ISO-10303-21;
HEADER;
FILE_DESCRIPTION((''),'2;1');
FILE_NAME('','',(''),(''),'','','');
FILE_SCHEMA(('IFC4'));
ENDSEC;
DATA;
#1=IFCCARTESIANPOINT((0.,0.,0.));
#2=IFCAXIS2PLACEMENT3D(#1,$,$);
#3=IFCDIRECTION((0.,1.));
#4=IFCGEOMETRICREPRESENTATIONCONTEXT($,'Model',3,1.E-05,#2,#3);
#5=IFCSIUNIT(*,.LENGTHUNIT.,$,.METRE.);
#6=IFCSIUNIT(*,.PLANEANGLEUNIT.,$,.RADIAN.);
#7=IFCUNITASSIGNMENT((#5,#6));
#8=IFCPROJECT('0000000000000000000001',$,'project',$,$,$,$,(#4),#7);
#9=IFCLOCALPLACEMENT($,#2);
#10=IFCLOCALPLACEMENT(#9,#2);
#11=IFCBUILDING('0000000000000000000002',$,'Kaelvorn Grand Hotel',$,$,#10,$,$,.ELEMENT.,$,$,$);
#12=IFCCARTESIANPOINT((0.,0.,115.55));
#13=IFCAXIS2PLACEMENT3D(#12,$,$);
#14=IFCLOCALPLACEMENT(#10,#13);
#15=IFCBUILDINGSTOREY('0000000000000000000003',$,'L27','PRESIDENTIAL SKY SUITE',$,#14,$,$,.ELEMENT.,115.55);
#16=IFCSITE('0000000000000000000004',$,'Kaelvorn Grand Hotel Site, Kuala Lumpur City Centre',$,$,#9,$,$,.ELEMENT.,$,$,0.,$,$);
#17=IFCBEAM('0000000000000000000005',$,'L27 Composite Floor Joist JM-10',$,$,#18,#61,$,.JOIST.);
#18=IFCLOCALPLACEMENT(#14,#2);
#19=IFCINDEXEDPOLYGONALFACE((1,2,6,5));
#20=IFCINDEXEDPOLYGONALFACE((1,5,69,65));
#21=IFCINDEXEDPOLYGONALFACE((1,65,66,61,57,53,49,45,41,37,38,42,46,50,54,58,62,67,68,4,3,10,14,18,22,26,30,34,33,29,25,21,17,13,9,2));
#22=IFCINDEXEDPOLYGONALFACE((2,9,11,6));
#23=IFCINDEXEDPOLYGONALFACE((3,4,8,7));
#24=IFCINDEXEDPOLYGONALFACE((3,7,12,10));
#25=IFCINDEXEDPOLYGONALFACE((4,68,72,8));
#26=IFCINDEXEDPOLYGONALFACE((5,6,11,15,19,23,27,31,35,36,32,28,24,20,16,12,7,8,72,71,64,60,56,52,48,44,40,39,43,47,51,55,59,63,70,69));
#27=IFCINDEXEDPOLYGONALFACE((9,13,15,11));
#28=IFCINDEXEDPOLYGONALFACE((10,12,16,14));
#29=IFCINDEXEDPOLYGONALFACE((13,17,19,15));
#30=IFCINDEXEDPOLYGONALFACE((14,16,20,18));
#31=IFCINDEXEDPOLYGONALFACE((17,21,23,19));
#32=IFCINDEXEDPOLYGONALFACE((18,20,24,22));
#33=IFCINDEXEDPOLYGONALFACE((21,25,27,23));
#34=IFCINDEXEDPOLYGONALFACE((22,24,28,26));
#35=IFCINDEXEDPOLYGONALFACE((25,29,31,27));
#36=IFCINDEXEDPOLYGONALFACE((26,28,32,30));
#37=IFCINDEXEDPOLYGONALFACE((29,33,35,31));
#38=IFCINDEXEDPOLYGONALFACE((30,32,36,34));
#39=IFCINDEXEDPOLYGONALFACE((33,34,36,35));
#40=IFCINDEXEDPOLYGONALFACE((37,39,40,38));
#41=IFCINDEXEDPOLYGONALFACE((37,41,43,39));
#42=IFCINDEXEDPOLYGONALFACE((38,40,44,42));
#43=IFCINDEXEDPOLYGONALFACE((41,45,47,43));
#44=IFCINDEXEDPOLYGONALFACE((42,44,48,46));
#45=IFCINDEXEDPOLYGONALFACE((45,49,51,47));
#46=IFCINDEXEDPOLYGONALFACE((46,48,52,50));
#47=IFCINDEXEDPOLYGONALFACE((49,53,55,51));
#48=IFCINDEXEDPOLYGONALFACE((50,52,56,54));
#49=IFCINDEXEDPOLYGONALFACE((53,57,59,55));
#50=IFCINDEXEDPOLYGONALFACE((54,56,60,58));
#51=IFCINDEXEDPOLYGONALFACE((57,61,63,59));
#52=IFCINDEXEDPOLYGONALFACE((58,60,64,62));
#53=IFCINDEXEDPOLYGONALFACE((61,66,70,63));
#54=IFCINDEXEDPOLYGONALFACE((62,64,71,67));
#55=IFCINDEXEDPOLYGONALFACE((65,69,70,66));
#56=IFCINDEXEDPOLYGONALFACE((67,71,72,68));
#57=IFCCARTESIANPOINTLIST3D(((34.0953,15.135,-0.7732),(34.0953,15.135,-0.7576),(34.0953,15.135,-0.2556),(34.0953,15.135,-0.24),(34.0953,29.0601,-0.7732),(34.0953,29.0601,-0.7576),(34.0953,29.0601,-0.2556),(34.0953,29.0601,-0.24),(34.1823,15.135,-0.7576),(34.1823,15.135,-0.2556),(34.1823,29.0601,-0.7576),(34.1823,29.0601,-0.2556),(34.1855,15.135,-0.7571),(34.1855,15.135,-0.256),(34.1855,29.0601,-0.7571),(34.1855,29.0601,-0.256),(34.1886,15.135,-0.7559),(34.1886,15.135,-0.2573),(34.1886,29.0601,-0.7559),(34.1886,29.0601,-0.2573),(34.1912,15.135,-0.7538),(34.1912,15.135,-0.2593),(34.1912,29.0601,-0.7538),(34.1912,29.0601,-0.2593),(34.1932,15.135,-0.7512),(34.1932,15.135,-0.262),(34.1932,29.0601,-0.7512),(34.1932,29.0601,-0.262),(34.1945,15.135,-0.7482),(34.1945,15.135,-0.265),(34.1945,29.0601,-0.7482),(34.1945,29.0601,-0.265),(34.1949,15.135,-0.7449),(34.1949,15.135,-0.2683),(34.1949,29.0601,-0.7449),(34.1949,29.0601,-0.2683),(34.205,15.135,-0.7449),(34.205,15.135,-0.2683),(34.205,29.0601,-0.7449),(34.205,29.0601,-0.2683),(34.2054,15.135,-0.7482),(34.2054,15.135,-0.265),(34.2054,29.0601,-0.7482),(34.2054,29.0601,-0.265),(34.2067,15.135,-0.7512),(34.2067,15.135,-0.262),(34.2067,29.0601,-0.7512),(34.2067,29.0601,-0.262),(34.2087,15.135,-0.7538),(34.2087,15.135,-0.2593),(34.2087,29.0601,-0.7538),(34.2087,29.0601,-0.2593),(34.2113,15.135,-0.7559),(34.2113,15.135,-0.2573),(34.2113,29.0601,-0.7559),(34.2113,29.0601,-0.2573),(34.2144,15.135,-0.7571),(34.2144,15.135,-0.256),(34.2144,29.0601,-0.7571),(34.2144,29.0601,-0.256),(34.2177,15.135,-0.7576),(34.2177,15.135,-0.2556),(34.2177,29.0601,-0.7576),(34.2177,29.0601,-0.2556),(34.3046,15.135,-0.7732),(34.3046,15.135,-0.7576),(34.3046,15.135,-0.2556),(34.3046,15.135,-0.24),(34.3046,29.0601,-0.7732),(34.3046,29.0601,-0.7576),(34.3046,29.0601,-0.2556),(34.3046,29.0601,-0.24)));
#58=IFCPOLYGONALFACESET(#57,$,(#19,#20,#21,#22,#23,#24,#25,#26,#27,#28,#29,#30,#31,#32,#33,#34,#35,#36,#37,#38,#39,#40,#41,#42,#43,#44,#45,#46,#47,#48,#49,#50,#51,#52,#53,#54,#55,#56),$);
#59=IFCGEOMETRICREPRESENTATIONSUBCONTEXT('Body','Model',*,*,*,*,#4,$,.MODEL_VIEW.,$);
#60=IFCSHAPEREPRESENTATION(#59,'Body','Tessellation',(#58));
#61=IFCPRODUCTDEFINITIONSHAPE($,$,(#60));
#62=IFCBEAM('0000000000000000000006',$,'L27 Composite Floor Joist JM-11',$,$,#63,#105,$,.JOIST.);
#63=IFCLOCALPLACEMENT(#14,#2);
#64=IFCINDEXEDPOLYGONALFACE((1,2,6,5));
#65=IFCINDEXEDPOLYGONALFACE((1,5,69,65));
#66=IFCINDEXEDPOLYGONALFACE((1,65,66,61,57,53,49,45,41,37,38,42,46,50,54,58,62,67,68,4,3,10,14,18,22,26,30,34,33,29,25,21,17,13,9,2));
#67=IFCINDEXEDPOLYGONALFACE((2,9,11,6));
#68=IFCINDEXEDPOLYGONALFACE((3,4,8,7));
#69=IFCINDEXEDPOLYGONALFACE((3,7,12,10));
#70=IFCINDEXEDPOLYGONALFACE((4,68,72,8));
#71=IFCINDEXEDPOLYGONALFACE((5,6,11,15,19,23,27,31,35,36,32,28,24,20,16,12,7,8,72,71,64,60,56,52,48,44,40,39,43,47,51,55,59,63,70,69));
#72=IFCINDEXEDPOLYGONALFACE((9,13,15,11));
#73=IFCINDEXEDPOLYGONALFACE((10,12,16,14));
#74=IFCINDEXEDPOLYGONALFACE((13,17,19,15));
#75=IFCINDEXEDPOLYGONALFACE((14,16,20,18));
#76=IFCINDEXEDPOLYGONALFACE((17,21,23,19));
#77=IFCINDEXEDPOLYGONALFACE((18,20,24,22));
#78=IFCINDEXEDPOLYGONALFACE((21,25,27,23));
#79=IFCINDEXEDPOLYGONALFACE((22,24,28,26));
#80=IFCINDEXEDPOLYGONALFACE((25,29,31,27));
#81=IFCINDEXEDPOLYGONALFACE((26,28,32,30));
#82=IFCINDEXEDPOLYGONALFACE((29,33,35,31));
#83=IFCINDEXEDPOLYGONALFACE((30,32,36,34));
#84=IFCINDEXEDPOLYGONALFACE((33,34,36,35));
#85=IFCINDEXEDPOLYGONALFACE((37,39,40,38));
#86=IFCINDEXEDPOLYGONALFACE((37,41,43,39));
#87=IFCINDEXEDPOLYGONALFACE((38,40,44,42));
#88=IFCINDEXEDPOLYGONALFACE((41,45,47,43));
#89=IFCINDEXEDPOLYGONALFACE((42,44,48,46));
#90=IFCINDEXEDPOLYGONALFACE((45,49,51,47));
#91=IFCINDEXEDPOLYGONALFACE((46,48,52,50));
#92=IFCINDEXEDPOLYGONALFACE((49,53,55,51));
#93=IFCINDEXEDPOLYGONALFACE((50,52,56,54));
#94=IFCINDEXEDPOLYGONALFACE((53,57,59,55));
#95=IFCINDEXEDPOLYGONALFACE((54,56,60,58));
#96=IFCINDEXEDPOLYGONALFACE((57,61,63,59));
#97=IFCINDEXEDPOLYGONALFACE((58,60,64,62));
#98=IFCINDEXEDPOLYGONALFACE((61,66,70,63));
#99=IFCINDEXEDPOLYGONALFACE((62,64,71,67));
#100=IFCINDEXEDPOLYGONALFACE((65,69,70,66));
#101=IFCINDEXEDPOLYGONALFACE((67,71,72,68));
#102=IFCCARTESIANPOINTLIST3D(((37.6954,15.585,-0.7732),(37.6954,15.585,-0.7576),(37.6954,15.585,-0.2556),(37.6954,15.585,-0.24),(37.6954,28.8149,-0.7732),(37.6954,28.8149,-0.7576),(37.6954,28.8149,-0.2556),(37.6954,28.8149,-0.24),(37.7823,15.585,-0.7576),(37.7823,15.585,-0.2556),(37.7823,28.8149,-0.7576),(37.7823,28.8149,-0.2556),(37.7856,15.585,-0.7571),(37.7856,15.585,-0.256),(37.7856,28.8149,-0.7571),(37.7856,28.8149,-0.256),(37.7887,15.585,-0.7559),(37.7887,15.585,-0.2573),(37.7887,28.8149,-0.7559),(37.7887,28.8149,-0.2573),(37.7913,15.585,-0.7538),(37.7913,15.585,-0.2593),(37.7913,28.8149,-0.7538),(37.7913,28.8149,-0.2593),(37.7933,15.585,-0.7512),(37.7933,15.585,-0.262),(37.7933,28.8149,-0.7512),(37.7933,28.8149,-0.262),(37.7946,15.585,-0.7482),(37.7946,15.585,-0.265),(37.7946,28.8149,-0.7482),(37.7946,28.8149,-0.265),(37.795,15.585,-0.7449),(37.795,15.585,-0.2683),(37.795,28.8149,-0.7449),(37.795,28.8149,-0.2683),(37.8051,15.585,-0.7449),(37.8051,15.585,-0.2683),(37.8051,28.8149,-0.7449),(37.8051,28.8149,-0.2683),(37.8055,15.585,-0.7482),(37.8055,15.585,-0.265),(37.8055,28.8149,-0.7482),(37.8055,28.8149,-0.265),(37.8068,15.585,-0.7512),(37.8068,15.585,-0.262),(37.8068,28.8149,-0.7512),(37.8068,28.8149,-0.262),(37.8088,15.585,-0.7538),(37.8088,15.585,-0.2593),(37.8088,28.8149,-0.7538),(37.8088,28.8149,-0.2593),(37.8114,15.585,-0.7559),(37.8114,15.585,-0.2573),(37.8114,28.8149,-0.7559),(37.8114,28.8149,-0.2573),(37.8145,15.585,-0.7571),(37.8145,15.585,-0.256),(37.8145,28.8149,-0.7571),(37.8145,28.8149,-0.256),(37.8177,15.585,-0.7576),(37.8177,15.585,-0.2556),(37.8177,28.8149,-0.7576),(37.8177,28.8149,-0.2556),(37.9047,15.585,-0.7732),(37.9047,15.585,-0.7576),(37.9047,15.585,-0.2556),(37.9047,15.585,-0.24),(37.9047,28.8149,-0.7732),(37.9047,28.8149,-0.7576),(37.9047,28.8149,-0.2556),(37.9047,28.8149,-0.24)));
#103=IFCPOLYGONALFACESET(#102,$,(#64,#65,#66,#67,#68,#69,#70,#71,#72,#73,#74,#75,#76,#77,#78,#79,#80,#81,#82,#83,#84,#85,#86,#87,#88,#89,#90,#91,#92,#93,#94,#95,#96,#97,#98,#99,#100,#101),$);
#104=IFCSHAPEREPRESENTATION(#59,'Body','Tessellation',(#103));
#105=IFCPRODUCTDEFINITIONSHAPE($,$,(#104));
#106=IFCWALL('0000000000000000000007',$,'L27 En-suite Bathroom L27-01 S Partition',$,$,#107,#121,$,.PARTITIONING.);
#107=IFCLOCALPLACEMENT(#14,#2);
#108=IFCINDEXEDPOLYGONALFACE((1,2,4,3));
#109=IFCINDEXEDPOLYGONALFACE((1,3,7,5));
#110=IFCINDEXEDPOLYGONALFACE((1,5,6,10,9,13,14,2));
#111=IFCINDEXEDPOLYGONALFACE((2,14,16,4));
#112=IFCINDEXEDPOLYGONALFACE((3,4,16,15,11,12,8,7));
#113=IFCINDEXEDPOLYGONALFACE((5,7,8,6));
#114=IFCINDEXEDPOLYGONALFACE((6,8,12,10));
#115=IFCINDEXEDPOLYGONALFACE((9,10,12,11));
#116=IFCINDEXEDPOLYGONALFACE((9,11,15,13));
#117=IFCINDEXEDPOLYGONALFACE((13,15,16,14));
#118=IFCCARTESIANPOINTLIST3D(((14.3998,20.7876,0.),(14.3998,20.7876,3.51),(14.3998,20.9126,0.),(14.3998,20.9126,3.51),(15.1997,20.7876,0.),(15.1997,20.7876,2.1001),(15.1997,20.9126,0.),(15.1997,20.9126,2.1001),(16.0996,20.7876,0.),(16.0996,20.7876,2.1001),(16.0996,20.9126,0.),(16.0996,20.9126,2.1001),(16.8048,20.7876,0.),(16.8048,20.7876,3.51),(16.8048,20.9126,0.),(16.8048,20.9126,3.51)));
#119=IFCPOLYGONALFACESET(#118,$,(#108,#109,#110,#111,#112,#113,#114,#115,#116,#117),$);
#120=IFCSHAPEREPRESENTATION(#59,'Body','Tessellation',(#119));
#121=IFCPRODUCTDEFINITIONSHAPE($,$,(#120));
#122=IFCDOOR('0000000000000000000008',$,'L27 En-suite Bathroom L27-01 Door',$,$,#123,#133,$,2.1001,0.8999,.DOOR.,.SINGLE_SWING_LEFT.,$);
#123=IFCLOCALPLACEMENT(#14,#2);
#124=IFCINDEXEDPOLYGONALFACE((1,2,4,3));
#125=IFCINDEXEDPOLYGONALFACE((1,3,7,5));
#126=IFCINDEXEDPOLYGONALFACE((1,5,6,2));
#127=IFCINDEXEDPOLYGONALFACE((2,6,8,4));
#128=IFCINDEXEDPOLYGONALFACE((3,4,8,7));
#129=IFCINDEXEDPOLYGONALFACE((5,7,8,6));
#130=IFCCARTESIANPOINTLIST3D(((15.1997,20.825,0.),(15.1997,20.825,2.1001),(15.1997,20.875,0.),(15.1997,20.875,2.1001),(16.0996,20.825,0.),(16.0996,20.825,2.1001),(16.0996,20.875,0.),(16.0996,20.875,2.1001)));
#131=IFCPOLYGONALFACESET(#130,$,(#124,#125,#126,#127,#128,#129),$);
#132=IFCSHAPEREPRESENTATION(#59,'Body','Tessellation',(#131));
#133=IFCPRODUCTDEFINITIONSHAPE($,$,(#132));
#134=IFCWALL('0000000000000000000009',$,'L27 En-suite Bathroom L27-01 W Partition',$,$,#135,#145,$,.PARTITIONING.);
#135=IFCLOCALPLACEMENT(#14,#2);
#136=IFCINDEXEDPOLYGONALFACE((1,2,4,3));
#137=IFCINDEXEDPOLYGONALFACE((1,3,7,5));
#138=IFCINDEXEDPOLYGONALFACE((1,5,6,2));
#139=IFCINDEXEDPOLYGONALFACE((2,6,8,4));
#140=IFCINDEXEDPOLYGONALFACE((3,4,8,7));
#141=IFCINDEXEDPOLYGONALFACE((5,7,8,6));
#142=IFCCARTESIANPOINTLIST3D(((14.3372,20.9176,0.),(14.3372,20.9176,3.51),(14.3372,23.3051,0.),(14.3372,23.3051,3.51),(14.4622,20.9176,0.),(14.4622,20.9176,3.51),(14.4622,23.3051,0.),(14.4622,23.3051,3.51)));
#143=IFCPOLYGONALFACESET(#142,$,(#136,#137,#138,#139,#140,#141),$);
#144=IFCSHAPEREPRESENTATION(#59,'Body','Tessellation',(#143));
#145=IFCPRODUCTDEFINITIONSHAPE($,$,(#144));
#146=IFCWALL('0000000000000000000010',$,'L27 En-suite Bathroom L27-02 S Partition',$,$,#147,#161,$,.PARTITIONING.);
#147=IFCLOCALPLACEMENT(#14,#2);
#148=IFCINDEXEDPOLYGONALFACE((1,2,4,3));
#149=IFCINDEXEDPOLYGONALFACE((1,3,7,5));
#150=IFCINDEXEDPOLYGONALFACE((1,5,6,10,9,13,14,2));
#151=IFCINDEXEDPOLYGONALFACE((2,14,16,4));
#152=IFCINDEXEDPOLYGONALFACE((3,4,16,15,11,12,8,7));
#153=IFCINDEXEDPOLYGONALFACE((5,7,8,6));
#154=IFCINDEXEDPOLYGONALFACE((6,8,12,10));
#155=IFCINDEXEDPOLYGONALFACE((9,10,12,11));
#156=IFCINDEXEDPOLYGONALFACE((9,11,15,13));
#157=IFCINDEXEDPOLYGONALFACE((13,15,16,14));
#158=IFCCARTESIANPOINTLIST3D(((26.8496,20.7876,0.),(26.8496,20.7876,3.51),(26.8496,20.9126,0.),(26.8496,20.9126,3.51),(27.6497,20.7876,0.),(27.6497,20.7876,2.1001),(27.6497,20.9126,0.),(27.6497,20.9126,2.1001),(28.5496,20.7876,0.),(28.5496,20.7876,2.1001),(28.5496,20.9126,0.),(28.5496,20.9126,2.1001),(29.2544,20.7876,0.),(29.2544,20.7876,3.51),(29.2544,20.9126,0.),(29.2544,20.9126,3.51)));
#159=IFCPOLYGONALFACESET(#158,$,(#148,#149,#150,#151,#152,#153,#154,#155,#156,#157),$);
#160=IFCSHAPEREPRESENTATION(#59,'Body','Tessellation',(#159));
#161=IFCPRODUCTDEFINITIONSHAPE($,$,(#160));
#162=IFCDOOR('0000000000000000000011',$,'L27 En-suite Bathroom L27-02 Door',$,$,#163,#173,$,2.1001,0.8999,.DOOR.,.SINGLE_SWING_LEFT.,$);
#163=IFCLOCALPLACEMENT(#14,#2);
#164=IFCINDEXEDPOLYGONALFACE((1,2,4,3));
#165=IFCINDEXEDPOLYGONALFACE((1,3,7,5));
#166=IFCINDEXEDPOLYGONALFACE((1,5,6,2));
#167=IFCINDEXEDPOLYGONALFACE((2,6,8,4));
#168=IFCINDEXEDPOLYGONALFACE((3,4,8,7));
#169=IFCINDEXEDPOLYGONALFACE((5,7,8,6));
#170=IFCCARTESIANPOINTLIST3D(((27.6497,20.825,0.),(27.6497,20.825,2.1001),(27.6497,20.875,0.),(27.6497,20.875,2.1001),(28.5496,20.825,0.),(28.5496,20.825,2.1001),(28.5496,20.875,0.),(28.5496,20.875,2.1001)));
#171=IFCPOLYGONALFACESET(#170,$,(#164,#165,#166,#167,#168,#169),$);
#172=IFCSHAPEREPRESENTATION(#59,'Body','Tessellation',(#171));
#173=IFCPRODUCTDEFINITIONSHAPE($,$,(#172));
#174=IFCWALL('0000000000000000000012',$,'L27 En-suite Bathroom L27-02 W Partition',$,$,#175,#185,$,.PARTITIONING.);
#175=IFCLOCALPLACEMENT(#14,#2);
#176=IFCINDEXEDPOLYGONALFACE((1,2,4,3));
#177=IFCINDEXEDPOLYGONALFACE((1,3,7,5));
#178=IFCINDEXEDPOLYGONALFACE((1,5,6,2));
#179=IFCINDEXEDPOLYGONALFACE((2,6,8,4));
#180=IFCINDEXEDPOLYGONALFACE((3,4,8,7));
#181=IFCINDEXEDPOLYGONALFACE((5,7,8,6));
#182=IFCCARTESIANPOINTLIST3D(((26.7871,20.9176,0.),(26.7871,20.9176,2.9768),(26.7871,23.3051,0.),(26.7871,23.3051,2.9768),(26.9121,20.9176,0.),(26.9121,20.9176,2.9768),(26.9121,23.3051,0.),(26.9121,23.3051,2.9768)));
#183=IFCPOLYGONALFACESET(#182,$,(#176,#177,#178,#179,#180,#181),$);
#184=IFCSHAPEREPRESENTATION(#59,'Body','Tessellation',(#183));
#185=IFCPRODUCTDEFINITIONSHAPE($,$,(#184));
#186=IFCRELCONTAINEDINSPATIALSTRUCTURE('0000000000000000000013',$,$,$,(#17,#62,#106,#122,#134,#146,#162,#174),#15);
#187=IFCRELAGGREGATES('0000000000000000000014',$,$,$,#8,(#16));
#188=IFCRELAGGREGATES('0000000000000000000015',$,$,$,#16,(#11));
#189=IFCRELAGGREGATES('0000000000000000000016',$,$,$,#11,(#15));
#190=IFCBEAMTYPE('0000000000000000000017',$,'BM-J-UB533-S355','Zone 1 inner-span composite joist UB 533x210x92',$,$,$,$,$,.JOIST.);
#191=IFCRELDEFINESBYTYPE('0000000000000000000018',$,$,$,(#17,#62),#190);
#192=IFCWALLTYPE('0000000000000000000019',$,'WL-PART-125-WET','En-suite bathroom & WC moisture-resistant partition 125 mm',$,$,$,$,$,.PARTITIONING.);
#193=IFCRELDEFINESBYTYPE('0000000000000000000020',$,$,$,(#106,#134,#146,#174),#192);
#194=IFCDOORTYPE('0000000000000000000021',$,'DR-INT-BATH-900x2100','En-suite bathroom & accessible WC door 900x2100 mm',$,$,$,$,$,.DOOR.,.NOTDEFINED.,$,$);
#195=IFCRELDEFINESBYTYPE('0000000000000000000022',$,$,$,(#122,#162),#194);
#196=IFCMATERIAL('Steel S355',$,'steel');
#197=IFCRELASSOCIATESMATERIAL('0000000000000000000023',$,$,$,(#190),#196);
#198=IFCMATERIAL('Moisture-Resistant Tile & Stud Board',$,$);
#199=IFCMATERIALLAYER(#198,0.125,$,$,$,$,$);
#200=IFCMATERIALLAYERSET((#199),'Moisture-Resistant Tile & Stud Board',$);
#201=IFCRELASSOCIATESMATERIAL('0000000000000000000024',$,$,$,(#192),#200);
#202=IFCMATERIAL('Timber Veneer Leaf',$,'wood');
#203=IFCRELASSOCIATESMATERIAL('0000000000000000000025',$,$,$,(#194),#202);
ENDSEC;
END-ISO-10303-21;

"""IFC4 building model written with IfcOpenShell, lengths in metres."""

from ifc_helpers import new_model, si_unit, direction, frame, frame_2d, origin, origin_2d, place, context, subcontext, project, spatial, rectangle, i_section, extrude, material, layer, layer_set, material_profile, profile_set, type_object, element, fill, save


model = new_model("IFC4")

# Units and contexts
model_context = context("Model", 3, precision=1e-05, world=origin(), true_north=direction((0.0, 1.0)))
body_context = subcontext(model_context, "Body", "Model", "MODEL_VIEW")
ifc_project = project(units=[si_unit("LENGTHUNIT", "METRE"), si_unit("PLANEANGLEUNIT", "RADIAN")], contexts=[model_context])

# Site, building, storey
site_placement = place(None, origin())
site = spatial("IfcSite", under=ifc_project, at=site_placement, Name="Kaelvorn Grand Hotel Site, Kuala Lumpur City Centre", CompositionType="ELEMENT", RefElevation=0.0)
building_placement = place(site_placement, origin())
building = spatial("IfcBuilding", under=site, at=building_placement, Name="Kaelvorn Grand Hotel", CompositionType="ELEMENT")
storey_placement = place(building_placement, frame((0.0, 0.0, 115.55)))
storey = spatial("IfcBuildingStorey", under=building, at=storey_placement, Name="L27", Description="PRESIDENTIAL SKY SUITE", CompositionType="ELEMENT", Elevation=115.55)

# Beams
ifc_material_1 = material(Name="Steel S355", Category="steel")
ifc_material_profile_1 = material_profile(ifc_material_1, i_section(OverallWidth=0.2092, OverallDepth=0.5332, WebThickness=0.01, FlangeThickness=0.0156, FilletRadius=0.0127, at=origin_2d()), Name="UB 533x210x92")
ifc_profile_set_1 = profile_set([ifc_material_profile_1], Name="Steel S355")
beam_type_1 = type_object("IfcBeamType", Name="BM-J-UB533-S355", Description="Zone 1 inner-span composite joist UB 533x210x92", PredefinedType="JOIST", material=ifc_profile_set_1)
beam_1_placement = place(storey_placement, frame((34.2, 15.135, -0.5066), z_axis=(0.0, 1.0, 0.0), x_axis=(-1.0, 0.0, 0.0)))
element("IfcBeam", 1, at=beam_1_placement, inside=storey, type_object=beam_type_1, Name="L27 Composite Floor Joist JM-10", PredefinedType="JOIST", context=body_context, shape_type="SweptSolid", body=[
    extrude(i_section(OverallWidth=0.2092, OverallDepth=0.5332, WebThickness=0.01, FlangeThickness=0.0156, FilletRadius=0.0127, at=origin_2d()), origin(), (0.0, 0.0, 1.0), 13.925),
])
beam_2_placement = place(storey_placement, frame((37.8, 15.585, -0.5066), z_axis=(0.0, 1.0, 0.0), x_axis=(-1.0, 0.0, 0.0)))
element("IfcBeam", 2, at=beam_2_placement, inside=storey, type_object=beam_type_1, Name="L27 Composite Floor Joist JM-11", PredefinedType="JOIST", context=body_context, shape_type="SweptSolid", body=[
    extrude(i_section(OverallWidth=0.2092, OverallDepth=0.5332, WebThickness=0.01, FlangeThickness=0.0156, FilletRadius=0.0127, at=origin_2d()), origin(), (0.0, 0.0, 1.0), 13.23),
])

# Wall, opening, door
ifc_material_2 = material(Name="Moisture-Resistant Tile & Stud Board")
ifc_layer_1 = layer(ifc_material_2, 0.125)
ifc_layer_set_1 = layer_set([ifc_layer_1], Name="Moisture-Resistant Tile & Stud Board")
wall_type_1 = type_object("IfcWallType", Name="WL-PART-125-WET", Description="En-suite bathroom & WC moisture-resistant partition 125 mm", PredefinedType="PARTITIONING", material=ifc_layer_set_1)
wall_1_placement = place(storey_placement, frame((14.3997, 20.8501, 0.0), z_axis=(0.0, 0.0, 1.0), x_axis=(1.0, 0.0, 0.0)))
wall_1 = element("IfcWall", 3, at=wall_1_placement, inside=storey, type_object=wall_type_1, Name="L27 En-suite Bathroom L27-01 S Partition", PredefinedType="PARTITIONING", context=body_context, shape_type="SweptSolid", body=[
    extrude(rectangle(XDim=2.405, YDim=0.125, at=frame_2d((1.2026, 0.0))), origin(), (0.0, 0.0, 1.0), 3.51),
])
opening_1_placement = place(wall_1_placement, frame((0.8, 0.0, 0.0)))
opening_1 = element("IfcOpeningElement", 4, at=opening_1_placement, cuts=wall_1, PredefinedType="OPENING", context=body_context, shape_type="SweptSolid", body=[
    extrude(rectangle(XDim=0.8999, YDim=2.1001, at=frame_2d((0.45, 1.05))), frame((0.0, 0.0725, 0.0), z_axis=(0.0, -1.0, 0.0), x_axis=(1.0, 0.0, 0.0)), (0.0, 0.0, 1.0), 0.145),
])
ifc_material_3 = material(Name="Timber Veneer Leaf", Category="wood")
door_type_1 = type_object("IfcDoorType", Name="DR-INT-BATH-900x2100", Description="En-suite bathroom & accessible WC door 900x2100 mm", OperationType="NOTDEFINED", PredefinedType="DOOR", material=ifc_material_3)
door_1_placement = place(opening_1_placement, origin())
door_1 = element("IfcDoor", 5, at=door_1_placement, inside=storey, type_object=door_type_1, Name="L27 En-suite Bathroom L27-01 Door", OperationType="SINGLE_SWING_LEFT", OverallHeight=2.1001, OverallWidth=0.8999, PredefinedType="DOOR", context=body_context, shape_type="SweptSolid", body=[
    extrude(rectangle(XDim=0.8999, YDim=2.1001, at=frame_2d((0.45, 1.05))), frame((0.0, 0.0249, 0.0), z_axis=(0.0, -1.0, 0.0), x_axis=(1.0, 0.0, 0.0)), (0.0, 0.0, 1.0), 0.05),
])
fill(opening_1, door_1)

# Wall
wall_2_placement = place(storey_placement, frame((14.3997, 20.9175, 0.0), z_axis=(0.0, 0.0, 1.0), x_axis=(0.0, 1.0, 0.0)))
element("IfcWall", 6, at=wall_2_placement, inside=storey, type_object=wall_type_1, Name="L27 En-suite Bathroom L27-01 W Partition", PredefinedType="PARTITIONING", context=body_context, shape_type="SweptSolid", body=[
    extrude(rectangle(XDim=2.3875, YDim=0.125, at=frame_2d((1.1938, 0.0))), origin(), (0.0, 0.0, 1.0), 3.51),
])

# Wall, opening, door
wall_3_placement = place(storey_placement, frame((26.8496, 20.8501, 0.0), z_axis=(0.0, 0.0, 1.0), x_axis=(1.0, 0.0, 0.0)))
wall_3 = element("IfcWall", 7, at=wall_3_placement, inside=storey, type_object=wall_type_1, Name="L27 En-suite Bathroom L27-02 S Partition", PredefinedType="PARTITIONING", context=body_context, shape_type="SweptSolid", body=[
    extrude(rectangle(XDim=2.4048, YDim=0.125, at=frame_2d((1.2024, 0.0))), origin(), (0.0, 0.0, 1.0), 3.51),
])
opening_2_placement = place(wall_3_placement, frame((0.8, 0.0, 0.0)))
opening_2 = element("IfcOpeningElement", 8, at=opening_2_placement, cuts=wall_3, PredefinedType="OPENING", context=body_context, shape_type="SweptSolid", body=[
    extrude(rectangle(XDim=0.8999, YDim=2.1001, at=frame_2d((0.45, 1.05))), frame((0.0, 0.0725, 0.0), z_axis=(0.0, -1.0, 0.0), x_axis=(1.0, 0.0, 0.0)), (0.0, 0.0, 1.0), 0.145),
])
door_2_placement = place(opening_2_placement, origin())
door_2 = element("IfcDoor", 9, at=door_2_placement, inside=storey, type_object=door_type_1, Name="L27 En-suite Bathroom L27-02 Door", OperationType="SINGLE_SWING_LEFT", OverallHeight=2.1001, OverallWidth=0.8999, PredefinedType="DOOR", context=body_context, shape_type="SweptSolid", body=[
    extrude(rectangle(XDim=0.8999, YDim=2.1001, at=frame_2d((0.45, 1.05))), frame((0.0, 0.0249, 0.0), z_axis=(0.0, -1.0, 0.0), x_axis=(1.0, 0.0, 0.0)), (0.0, 0.0, 1.0), 0.05),
])
fill(opening_2, door_2)

# Wall
wall_4_placement = place(storey_placement, frame((26.8496, 20.9175, 0.0), z_axis=(0.0, 0.0, 1.0), x_axis=(0.0, 1.0, 0.0)))
element("IfcWall", 10, at=wall_4_placement, inside=storey, type_object=wall_type_1, Name="L27 En-suite Bathroom L27-02 W Partition", PredefinedType="PARTITIONING", context=body_context, shape_type="SweptSolid", body=[
    extrude(rectangle(XDim=2.3875, YDim=0.125, at=frame_2d((1.1938, 0.0))), origin(), (0.0, 0.0, 1.0), 2.9768),
])

save(model, "model.ifc")
